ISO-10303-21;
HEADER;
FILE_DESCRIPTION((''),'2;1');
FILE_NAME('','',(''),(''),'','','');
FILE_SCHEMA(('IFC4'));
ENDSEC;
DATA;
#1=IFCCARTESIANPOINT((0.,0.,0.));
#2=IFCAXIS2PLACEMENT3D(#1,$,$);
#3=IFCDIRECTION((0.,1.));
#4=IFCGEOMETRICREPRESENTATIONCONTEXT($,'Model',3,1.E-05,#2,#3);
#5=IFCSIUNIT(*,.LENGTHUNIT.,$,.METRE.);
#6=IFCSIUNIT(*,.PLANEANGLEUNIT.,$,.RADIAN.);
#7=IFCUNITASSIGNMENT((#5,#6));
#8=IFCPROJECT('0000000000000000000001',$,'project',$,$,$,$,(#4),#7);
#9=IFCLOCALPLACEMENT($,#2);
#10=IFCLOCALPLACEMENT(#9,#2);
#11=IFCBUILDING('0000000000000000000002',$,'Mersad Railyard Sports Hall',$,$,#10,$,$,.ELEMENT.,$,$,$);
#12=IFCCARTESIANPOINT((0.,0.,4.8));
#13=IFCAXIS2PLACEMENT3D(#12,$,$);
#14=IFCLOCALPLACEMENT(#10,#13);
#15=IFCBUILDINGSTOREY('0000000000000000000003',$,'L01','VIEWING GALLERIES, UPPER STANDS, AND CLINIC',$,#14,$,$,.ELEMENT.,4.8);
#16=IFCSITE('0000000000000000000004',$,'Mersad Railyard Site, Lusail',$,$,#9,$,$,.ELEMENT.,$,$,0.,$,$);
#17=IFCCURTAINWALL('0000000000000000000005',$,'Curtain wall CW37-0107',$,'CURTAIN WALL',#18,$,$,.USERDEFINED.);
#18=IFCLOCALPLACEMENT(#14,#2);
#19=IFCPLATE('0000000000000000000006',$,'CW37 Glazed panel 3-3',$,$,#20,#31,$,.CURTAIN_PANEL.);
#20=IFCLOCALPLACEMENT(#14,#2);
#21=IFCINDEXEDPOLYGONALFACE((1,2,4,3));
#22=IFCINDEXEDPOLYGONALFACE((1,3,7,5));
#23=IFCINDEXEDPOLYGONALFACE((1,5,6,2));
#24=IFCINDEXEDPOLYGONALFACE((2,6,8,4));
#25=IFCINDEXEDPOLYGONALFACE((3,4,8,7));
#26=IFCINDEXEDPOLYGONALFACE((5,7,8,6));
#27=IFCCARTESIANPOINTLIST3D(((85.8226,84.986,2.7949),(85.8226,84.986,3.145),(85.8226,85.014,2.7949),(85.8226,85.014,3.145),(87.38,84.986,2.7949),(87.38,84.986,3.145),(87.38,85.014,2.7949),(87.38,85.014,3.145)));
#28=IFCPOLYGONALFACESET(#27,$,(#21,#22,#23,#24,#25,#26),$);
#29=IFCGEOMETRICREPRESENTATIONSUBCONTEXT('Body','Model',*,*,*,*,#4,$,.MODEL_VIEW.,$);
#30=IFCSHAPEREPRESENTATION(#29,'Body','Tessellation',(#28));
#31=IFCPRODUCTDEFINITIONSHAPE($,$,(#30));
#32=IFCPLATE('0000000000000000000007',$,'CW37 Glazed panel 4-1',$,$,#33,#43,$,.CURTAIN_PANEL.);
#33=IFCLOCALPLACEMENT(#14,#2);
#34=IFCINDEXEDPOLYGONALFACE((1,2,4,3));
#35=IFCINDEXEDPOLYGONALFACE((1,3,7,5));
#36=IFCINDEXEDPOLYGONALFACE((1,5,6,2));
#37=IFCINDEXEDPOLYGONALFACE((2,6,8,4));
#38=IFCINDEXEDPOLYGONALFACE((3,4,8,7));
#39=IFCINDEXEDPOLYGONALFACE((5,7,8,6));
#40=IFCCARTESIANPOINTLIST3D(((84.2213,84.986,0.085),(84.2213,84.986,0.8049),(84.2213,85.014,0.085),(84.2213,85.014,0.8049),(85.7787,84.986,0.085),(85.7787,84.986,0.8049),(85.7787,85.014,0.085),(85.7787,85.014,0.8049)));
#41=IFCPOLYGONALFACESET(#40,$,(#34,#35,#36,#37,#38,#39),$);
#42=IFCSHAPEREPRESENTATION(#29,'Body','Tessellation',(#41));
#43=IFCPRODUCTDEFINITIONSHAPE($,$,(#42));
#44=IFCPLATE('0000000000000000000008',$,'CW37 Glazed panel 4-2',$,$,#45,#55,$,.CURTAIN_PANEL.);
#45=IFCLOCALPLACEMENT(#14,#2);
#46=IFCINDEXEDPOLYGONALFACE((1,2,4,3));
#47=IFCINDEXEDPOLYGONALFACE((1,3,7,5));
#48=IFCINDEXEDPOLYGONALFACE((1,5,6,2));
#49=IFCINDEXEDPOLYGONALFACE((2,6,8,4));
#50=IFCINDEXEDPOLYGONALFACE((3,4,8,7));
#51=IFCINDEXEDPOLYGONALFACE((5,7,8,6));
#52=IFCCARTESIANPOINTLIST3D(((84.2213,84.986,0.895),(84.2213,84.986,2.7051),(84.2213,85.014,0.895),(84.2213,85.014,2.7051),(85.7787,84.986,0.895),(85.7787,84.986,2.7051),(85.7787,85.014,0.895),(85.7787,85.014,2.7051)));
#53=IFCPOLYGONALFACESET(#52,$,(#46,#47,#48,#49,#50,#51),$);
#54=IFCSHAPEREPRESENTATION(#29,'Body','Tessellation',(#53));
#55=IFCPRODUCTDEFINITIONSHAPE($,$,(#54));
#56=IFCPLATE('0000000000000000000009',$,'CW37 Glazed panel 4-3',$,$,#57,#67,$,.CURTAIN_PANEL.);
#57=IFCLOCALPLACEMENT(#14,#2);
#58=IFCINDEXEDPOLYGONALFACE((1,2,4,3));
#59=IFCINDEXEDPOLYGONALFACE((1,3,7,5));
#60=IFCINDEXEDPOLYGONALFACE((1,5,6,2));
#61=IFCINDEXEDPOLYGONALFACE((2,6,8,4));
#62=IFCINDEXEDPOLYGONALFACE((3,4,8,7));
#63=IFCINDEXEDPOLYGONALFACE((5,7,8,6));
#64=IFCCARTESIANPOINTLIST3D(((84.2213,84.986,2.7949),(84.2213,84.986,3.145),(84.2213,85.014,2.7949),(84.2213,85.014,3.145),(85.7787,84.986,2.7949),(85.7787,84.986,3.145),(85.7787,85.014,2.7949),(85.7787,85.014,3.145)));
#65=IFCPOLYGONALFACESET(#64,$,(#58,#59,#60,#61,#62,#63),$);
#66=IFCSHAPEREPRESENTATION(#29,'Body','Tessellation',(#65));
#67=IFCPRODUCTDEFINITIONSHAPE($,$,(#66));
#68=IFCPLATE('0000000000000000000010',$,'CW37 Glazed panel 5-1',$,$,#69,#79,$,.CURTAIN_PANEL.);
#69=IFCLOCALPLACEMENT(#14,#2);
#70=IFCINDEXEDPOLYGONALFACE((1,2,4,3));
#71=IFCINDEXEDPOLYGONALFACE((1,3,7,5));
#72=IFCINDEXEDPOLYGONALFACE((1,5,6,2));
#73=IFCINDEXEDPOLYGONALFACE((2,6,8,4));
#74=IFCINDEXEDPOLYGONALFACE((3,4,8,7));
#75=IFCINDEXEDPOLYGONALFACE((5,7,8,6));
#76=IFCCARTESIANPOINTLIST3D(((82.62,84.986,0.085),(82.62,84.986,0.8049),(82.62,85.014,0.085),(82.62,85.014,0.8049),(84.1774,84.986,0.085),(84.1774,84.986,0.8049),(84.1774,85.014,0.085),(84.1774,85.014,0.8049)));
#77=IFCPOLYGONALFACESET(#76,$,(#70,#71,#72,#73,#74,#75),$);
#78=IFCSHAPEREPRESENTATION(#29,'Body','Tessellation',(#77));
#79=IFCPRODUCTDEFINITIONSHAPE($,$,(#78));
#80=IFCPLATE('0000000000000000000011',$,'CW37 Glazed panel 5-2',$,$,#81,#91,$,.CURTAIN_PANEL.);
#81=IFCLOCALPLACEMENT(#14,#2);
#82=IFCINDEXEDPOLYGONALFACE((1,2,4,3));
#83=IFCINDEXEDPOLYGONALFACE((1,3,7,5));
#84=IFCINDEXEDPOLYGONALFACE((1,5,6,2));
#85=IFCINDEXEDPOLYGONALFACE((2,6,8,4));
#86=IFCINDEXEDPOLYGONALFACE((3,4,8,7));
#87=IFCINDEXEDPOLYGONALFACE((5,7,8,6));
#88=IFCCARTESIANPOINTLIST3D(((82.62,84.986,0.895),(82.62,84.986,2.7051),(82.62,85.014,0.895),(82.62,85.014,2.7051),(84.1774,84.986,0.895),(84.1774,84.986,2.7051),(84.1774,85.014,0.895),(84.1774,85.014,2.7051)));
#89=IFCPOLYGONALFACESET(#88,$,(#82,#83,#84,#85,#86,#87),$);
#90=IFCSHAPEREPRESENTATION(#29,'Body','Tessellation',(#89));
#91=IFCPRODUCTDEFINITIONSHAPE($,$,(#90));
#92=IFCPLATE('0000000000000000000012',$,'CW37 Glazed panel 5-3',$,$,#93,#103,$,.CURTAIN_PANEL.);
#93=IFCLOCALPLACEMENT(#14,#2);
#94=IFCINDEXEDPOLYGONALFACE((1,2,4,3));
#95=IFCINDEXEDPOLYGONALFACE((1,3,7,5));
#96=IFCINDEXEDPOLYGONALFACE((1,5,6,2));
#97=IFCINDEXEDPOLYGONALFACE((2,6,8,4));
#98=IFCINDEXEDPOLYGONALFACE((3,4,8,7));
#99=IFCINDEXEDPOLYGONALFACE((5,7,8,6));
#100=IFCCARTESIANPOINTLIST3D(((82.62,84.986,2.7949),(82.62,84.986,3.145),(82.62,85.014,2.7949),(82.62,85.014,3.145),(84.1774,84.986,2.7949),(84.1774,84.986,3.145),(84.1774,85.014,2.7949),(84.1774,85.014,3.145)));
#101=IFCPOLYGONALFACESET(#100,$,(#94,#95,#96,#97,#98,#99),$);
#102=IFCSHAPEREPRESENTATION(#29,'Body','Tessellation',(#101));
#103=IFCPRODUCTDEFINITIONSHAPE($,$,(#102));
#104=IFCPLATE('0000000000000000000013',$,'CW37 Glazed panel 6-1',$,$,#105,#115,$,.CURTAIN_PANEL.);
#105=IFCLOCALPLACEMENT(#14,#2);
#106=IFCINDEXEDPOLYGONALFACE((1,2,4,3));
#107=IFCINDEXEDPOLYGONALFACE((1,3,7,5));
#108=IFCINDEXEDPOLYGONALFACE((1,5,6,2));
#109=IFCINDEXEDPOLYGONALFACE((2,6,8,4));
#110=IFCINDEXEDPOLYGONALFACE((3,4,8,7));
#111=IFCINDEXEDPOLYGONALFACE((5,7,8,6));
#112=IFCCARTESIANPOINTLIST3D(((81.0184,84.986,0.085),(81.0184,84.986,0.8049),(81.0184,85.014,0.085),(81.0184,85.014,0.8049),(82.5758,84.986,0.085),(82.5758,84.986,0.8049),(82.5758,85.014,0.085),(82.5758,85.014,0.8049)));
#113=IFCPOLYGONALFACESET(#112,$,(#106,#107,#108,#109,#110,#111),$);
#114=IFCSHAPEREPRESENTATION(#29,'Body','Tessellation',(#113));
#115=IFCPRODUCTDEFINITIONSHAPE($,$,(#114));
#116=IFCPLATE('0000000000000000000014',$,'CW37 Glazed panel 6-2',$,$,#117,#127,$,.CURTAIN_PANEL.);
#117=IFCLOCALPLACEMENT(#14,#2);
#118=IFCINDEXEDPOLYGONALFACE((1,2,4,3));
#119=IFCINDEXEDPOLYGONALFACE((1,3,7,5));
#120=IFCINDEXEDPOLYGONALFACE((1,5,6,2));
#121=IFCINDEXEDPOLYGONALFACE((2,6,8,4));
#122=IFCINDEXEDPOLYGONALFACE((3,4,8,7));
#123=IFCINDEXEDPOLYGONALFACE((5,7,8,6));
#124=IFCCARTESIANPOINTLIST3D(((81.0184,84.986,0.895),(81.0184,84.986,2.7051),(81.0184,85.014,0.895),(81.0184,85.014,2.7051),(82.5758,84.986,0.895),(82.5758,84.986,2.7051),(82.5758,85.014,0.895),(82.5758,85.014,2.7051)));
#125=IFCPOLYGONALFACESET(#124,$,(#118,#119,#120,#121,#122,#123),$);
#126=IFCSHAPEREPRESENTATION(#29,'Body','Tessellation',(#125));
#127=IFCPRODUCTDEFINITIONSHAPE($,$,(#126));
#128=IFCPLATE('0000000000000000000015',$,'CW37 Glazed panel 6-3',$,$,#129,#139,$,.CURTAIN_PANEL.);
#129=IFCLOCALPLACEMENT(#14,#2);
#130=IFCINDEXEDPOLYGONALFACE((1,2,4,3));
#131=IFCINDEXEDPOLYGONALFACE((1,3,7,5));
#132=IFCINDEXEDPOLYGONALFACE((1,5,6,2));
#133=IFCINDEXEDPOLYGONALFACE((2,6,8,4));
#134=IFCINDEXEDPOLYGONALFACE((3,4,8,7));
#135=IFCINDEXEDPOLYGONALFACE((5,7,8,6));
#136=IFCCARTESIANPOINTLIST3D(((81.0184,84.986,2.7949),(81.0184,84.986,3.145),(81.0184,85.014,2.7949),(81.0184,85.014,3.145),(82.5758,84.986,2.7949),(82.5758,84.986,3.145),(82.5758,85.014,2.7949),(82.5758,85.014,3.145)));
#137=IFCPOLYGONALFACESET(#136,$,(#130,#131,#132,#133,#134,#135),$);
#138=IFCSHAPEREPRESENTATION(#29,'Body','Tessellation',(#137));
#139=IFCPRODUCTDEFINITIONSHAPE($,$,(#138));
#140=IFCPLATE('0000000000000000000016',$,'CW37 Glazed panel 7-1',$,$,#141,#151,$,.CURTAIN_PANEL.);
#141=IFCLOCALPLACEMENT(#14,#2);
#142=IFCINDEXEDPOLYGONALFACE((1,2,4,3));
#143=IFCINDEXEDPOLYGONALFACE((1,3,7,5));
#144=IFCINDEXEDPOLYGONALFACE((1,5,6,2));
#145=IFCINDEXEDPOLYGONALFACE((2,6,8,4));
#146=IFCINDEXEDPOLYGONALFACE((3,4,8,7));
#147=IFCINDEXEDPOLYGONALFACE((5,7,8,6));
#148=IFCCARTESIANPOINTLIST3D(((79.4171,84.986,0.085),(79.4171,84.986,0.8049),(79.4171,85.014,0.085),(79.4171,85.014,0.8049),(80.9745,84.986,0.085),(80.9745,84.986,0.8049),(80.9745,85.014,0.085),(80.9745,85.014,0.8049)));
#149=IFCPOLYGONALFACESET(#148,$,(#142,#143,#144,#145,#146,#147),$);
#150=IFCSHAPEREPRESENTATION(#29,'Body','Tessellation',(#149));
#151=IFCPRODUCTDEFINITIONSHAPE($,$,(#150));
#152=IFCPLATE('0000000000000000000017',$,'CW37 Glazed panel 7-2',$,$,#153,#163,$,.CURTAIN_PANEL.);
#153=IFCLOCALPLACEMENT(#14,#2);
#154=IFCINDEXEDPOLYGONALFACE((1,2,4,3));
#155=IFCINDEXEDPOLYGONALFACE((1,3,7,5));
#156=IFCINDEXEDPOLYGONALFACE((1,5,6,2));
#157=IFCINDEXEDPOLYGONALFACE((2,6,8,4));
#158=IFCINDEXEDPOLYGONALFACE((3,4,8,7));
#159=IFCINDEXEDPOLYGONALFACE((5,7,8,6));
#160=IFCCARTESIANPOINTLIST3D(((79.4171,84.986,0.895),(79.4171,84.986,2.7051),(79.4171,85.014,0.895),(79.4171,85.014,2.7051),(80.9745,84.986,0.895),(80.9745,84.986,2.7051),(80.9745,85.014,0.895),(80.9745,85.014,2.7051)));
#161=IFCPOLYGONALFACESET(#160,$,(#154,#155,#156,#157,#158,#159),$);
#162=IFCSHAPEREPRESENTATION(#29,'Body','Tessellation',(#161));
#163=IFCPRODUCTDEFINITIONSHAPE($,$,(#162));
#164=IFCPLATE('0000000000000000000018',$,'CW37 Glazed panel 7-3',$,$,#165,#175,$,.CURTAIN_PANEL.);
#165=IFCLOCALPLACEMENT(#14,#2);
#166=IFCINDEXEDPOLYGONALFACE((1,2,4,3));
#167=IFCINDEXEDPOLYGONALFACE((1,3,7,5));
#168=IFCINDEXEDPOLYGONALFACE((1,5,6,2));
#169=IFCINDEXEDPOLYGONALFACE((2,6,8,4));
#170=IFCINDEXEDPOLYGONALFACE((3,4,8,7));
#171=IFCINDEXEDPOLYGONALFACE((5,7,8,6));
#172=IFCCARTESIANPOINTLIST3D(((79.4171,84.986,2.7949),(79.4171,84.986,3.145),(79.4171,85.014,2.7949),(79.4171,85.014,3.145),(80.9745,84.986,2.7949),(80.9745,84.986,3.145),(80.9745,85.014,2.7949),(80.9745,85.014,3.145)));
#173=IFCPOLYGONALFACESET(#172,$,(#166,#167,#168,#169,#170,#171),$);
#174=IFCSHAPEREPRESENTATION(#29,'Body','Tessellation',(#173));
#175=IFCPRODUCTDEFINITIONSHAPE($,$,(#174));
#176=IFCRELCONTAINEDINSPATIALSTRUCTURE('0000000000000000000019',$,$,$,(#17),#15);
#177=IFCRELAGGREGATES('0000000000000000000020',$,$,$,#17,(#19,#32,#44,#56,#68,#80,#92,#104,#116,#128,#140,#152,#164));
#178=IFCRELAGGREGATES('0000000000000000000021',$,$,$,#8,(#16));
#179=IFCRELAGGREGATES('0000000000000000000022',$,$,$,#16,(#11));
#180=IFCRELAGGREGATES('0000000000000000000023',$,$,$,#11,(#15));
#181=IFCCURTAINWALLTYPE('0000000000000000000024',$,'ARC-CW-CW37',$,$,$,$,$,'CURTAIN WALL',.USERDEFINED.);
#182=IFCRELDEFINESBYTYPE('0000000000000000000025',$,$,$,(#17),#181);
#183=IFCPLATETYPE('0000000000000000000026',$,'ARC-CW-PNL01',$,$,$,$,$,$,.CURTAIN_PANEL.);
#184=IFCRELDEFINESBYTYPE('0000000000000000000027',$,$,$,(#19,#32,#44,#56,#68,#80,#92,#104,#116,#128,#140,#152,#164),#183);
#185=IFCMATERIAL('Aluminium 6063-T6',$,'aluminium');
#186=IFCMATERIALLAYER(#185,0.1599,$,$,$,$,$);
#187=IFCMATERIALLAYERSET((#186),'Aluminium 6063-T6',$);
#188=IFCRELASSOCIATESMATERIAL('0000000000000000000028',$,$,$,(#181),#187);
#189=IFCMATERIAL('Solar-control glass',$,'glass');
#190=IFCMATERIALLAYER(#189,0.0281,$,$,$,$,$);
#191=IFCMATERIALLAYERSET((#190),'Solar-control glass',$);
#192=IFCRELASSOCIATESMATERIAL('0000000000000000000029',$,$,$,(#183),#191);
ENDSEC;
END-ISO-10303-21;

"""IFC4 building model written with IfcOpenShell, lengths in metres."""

from ifc_helpers import new_model, si_unit, direction, frame, origin, origin_2d, place, context, subcontext, project, spatial, rectangle, extrude, material, layer, layer_set, type_object, element, aggregate, save


model = new_model("IFC4")

# Units and contexts
model_context = context("Model", 3, precision=1e-05, world=origin(), true_north=direction((0.0, 1.0)))
body_context = subcontext(model_context, "Body", "Model", "MODEL_VIEW")
ifc_project = project(units=[si_unit("LENGTHUNIT", "METRE"), si_unit("PLANEANGLEUNIT", "RADIAN")], contexts=[model_context])

# Site, building, storey
site_placement = place(None, origin())
site = spatial("IfcSite", under=ifc_project, at=site_placement, Name="Mersad Railyard Site, Lusail", CompositionType="ELEMENT", RefElevation=0.0)
building_placement = place(site_placement, origin())
building = spatial("IfcBuilding", under=site, at=building_placement, Name="Mersad Railyard Sports Hall", CompositionType="ELEMENT")
storey_placement = place(building_placement, frame((0.0, 0.0, 4.8)))
storey = spatial("IfcBuildingStorey", under=building, at=storey_placement, Name="L01", Description="VIEWING GALLERIES, UPPER STANDS, AND CLINIC", CompositionType="ELEMENT", Elevation=4.8)

# Curtain wall, plates
ifc_material_1 = material(Name="Aluminium 6063-T6", Category="aluminium")
ifc_layer_1 = layer(ifc_material_1, 0.1599)
ifc_layer_set_1 = layer_set([ifc_layer_1], Name="Aluminium 6063-T6")
curtain_wall_type = type_object("IfcCurtainWallType", Name="ARC-CW-CW37", ElementType="CURTAIN WALL", PredefinedType="USERDEFINED", material=ifc_layer_set_1)
curtain_wall_placement = place(storey_placement, origin())
curtain_wall = element("IfcCurtainWall", 1, at=curtain_wall_placement, inside=storey, type_object=curtain_wall_type, Name="Curtain wall CW37-0107", ObjectType="CURTAIN WALL", PredefinedType="USERDEFINED")
ifc_material_2 = material(Name="Solar-control glass", Category="glass")
ifc_layer_2 = layer(ifc_material_2, 0.0281)
ifc_layer_set_2 = layer_set([ifc_layer_2], Name="Solar-control glass")
plate_type = type_object("IfcPlateType", Name="ARC-CW-PNL01", PredefinedType="CURTAIN_PANEL", material=ifc_layer_set_2)
plate_1_placement = place(storey_placement, frame((86.6013, 85.0, 2.7949), z_axis=(0.0, 0.0, 1.0), x_axis=(-1.0, 0.0, 0.0)))
plate_1 = element("IfcPlate", 2, at=plate_1_placement, type_object=plate_type, Name="CW37 Glazed panel 3-3", PredefinedType="CURTAIN_PANEL", context=body_context, shape_type="SweptSolid", body=[
    extrude(rectangle(XDim=1.5574, YDim=0.0281, at=origin_2d()), origin(), (0.0, 0.0, 1.0), 0.3501),
])
plate_2_placement = place(storey_placement, frame((85.0, 85.0, 0.085), z_axis=(0.0, 0.0, 1.0), x_axis=(-1.0, 0.0, 0.0)))
plate_2 = element("IfcPlate", 3, at=plate_2_placement, type_object=plate_type, Name="CW37 Glazed panel 4-1", PredefinedType="CURTAIN_PANEL", context=body_context, shape_type="SweptSolid", body=[
    extrude(rectangle(XDim=1.5574, YDim=0.0281, at=origin_2d()), origin(), (0.0, 0.0, 1.0), 0.72),
])
plate_3_placement = place(storey_placement, frame((85.0, 85.0, 0.895), z_axis=(0.0, 0.0, 1.0), x_axis=(-1.0, 0.0, 0.0)))
plate_3 = element("IfcPlate", 4, at=plate_3_placement, type_object=plate_type, Name="CW37 Glazed panel 4-2", PredefinedType="CURTAIN_PANEL", context=body_context, shape_type="SweptSolid", body=[
    extrude(rectangle(XDim=1.5574, YDim=0.0281, at=origin_2d()), origin(), (0.0, 0.0, 1.0), 1.8101),
])
plate_4_placement = place(storey_placement, frame((85.0, 85.0, 2.7949), z_axis=(0.0, 0.0, 1.0), x_axis=(-1.0, 0.0, 0.0)))
plate_4 = element("IfcPlate", 5, at=plate_4_placement, type_object=plate_type, Name="CW37 Glazed panel 4-3", PredefinedType="CURTAIN_PANEL", context=body_context, shape_type="SweptSolid", body=[
    extrude(rectangle(XDim=1.5574, YDim=0.0281, at=origin_2d()), origin(), (0.0, 0.0, 1.0), 0.3501),
])
plate_5_placement = place(storey_placement, frame((83.3987, 85.0, 0.085), z_axis=(0.0, 0.0, 1.0), x_axis=(-1.0, 0.0, 0.0)))
plate_5 = element("IfcPlate", 6, at=plate_5_placement, type_object=plate_type, Name="CW37 Glazed panel 5-1", PredefinedType="CURTAIN_PANEL", context=body_context, shape_type="SweptSolid", body=[
    extrude(rectangle(XDim=1.5574, YDim=0.0281, at=origin_2d()), origin(), (0.0, 0.0, 1.0), 0.72),
])
plate_6_placement = place(storey_placement, frame((83.3987, 85.0, 0.895), z_axis=(0.0, 0.0, 1.0), x_axis=(-1.0, 0.0, 0.0)))
plate_6 = element("IfcPlate", 7, at=plate_6_placement, type_object=plate_type, Name="CW37 Glazed panel 5-2", PredefinedType="CURTAIN_PANEL", context=body_context, shape_type="SweptSolid", body=[
    extrude(rectangle(XDim=1.5574, YDim=0.0281, at=origin_2d()), origin(), (0.0, 0.0, 1.0), 1.8101),
])
plate_7_placement = place(storey_placement, frame((83.3987, 85.0, 2.7949), z_axis=(0.0, 0.0, 1.0), x_axis=(-1.0, 0.0, 0.0)))
plate_7 = element("IfcPlate", 8, at=plate_7_placement, type_object=plate_type, Name="CW37 Glazed panel 5-3", PredefinedType="CURTAIN_PANEL", context=body_context, shape_type="SweptSolid", body=[
    extrude(rectangle(XDim=1.5574, YDim=0.0281, at=origin_2d()), origin(), (0.0, 0.0, 1.0), 0.3501),
])
plate_8_placement = place(storey_placement, frame((81.7971, 85.0, 0.085), z_axis=(0.0, 0.0, 1.0), x_axis=(-1.0, 0.0, 0.0)))
plate_8 = element("IfcPlate", 9, at=plate_8_placement, type_object=plate_type, Name="CW37 Glazed panel 6-1", PredefinedType="CURTAIN_PANEL", context=body_context, shape_type="SweptSolid", body=[
    extrude(rectangle(XDim=1.5574, YDim=0.0281, at=origin_2d()), origin(), (0.0, 0.0, 1.0), 0.72),
])
plate_9_placement = place(storey_placement, frame((81.7971, 85.0, 0.895), z_axis=(0.0, 0.0, 1.0), x_axis=(-1.0, 0.0, 0.0)))
plate_9 = element("IfcPlate", 10, at=plate_9_placement, type_object=plate_type, Name="CW37 Glazed panel 6-2", PredefinedType="CURTAIN_PANEL", context=body_context, shape_type="SweptSolid", body=[
    extrude(rectangle(XDim=1.5574, YDim=0.0281, at=origin_2d()), origin(), (0.0, 0.0, 1.0), 1.8101),
])
plate_10_placement = place(storey_placement, frame((81.7971, 85.0, 2.7949), z_axis=(0.0, 0.0, 1.0), x_axis=(-1.0, 0.0, 0.0)))
plate_10 = element("IfcPlate", 11, at=plate_10_placement, type_object=plate_type, Name="CW37 Glazed panel 6-3", PredefinedType="CURTAIN_PANEL", context=body_context, shape_type="SweptSolid", body=[
    extrude(rectangle(XDim=1.5574, YDim=0.0281, at=origin_2d()), origin(), (0.0, 0.0, 1.0), 0.3501),
])
plate_11_placement = place(storey_placement, frame((80.1958, 85.0, 0.085), z_axis=(0.0, 0.0, 1.0), x_axis=(-1.0, 0.0, 0.0)))
plate_11 = element("IfcPlate", 12, at=plate_11_placement, type_object=plate_type, Name="CW37 Glazed panel 7-1", PredefinedType="CURTAIN_PANEL", context=body_context, shape_type="SweptSolid", body=[
    extrude(rectangle(XDim=1.5574, YDim=0.0281, at=origin_2d()), origin(), (0.0, 0.0, 1.0), 0.72),
])
plate_12_placement = place(storey_placement, frame((80.1958, 85.0, 0.895), z_axis=(0.0, 0.0, 1.0), x_axis=(-1.0, 0.0, 0.0)))
plate_12 = element("IfcPlate", 13, at=plate_12_placement, type_object=plate_type, Name="CW37 Glazed panel 7-2", PredefinedType="CURTAIN_PANEL", context=body_context, shape_type="SweptSolid", body=[
    extrude(rectangle(XDim=1.5574, YDim=0.0281, at=origin_2d()), origin(), (0.0, 0.0, 1.0), 1.8101),
])
plate_13_placement = place(storey_placement, frame((80.1958, 85.0, 2.7949), z_axis=(0.0, 0.0, 1.0), x_axis=(-1.0, 0.0, 0.0)))
plate_13 = element("IfcPlate", 14, at=plate_13_placement, type_object=plate_type, Name="CW37 Glazed panel 7-3", PredefinedType="CURTAIN_PANEL", context=body_context, shape_type="SweptSolid", body=[
    extrude(rectangle(XDim=1.5574, YDim=0.0281, at=origin_2d()), origin(), (0.0, 0.0, 1.0), 0.3501),
])
aggregate(curtain_wall, [plate_1, plate_2, plate_3, plate_4, plate_5, plate_6, plate_7, plate_8, plate_9, plate_10, plate_11, plate_12, plate_13])

save(model, "model.ifc")
